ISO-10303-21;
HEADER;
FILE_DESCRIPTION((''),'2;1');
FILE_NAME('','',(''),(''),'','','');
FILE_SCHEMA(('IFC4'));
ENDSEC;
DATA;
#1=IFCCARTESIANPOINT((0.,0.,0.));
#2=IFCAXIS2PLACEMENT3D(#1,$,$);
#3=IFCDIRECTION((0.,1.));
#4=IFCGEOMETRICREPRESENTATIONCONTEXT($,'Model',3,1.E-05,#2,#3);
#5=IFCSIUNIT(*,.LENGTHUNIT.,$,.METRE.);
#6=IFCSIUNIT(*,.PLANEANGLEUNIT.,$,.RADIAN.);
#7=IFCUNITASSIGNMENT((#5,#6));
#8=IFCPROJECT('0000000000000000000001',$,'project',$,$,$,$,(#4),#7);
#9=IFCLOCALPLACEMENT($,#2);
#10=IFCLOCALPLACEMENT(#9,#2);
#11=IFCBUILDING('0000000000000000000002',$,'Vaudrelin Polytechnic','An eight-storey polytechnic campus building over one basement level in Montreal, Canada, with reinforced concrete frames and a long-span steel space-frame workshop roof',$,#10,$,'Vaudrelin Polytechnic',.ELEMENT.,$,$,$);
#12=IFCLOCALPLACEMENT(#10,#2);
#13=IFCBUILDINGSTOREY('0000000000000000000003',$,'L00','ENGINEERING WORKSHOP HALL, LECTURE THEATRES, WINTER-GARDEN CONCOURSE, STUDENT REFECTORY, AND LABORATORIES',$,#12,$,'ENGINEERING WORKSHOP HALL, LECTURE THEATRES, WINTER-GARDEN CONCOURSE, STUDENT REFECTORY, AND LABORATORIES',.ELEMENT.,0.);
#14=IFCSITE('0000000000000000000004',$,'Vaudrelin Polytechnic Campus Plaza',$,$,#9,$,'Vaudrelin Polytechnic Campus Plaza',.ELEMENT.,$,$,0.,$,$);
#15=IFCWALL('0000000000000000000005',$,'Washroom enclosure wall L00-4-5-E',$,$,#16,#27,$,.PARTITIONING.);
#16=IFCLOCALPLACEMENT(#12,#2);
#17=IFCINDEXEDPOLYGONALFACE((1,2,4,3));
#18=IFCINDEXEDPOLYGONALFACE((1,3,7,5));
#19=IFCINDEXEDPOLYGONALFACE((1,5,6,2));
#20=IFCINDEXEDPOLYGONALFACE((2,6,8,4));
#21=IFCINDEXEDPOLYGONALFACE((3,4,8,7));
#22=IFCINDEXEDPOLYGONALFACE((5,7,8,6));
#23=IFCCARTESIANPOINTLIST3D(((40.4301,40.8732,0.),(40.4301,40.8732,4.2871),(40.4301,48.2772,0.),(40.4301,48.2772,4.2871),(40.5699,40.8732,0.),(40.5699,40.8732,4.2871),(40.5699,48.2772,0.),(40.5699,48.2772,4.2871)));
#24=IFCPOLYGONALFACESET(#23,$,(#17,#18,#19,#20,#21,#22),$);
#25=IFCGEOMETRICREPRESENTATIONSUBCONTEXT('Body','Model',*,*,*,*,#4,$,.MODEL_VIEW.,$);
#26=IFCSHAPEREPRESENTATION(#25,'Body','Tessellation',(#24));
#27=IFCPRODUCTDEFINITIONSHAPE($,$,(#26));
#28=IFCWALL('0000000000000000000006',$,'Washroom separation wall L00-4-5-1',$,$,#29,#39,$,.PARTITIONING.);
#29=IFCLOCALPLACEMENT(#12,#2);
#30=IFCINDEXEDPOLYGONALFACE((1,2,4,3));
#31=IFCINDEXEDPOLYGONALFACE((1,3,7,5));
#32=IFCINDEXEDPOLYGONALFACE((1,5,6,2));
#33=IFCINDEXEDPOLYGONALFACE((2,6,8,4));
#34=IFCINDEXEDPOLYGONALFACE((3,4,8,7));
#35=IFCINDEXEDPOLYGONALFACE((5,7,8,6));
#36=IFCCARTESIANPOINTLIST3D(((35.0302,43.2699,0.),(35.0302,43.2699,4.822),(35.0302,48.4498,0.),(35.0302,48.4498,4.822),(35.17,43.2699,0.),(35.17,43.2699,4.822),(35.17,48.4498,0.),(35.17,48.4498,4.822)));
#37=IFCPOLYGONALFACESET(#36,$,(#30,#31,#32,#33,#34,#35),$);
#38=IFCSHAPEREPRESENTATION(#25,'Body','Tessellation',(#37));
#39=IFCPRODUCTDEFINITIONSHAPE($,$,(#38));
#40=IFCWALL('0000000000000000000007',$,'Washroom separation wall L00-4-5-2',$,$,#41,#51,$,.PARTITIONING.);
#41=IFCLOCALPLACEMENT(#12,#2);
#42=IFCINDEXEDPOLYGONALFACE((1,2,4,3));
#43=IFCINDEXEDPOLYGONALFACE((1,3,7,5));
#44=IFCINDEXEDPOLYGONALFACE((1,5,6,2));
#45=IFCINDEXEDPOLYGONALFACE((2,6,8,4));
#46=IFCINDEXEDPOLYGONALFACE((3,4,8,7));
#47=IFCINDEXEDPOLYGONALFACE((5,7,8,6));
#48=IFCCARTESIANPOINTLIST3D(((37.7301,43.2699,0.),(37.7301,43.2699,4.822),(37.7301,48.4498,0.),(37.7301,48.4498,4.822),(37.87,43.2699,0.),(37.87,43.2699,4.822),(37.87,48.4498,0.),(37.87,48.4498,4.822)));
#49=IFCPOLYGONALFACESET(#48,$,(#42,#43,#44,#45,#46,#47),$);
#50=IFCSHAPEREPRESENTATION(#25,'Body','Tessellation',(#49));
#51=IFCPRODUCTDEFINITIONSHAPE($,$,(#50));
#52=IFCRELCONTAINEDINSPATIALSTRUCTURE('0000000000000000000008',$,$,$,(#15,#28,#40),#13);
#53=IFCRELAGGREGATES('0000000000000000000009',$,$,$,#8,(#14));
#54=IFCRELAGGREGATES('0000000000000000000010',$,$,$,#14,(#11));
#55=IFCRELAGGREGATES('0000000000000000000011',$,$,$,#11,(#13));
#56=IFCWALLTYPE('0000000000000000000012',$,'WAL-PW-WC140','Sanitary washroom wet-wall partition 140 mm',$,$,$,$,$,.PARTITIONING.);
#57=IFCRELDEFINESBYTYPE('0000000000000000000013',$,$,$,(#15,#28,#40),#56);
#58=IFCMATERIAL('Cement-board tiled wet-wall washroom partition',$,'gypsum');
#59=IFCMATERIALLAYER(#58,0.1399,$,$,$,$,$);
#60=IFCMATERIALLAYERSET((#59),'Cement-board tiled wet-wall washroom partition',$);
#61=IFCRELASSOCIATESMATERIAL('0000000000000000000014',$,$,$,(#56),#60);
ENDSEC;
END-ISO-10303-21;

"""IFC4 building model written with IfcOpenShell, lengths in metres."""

from ifc_helpers import new_model, si_unit, direction, frame, frame_2d, origin, place, context, subcontext, project, spatial, rectangle, extrude, material, layer, layer_set, type_object, element, save


model = new_model("IFC4")

# Units and contexts
model_context = context("Model", 3, precision=1e-05, world=origin(), true_north=direction((0.0, 1.0)))
body_context = subcontext(model_context, "Body", "Model", "MODEL_VIEW")
ifc_project = project(units=[si_unit("LENGTHUNIT", "METRE"), si_unit("PLANEANGLEUNIT", "RADIAN")], contexts=[model_context])

# Site, building, storey
site_placement = place(None, origin())
site = spatial("IfcSite", under=ifc_project, at=site_placement, Name="Vaudrelin Polytechnic Campus Plaza", LongName="Vaudrelin Polytechnic Campus Plaza", CompositionType="ELEMENT", RefElevation=0.0)
building_placement = place(site_placement, origin())
building = spatial("IfcBuilding", under=site, at=building_placement, Name="Vaudrelin Polytechnic", Description="An eight-storey polytechnic campus building over one basement level in Montreal, Canada, with reinforced concrete frames and a long-span steel space-frame workshop roof", LongName="Vaudrelin Polytechnic", CompositionType="ELEMENT")
storey_placement = place(building_placement, origin())
storey = spatial("IfcBuildingStorey", under=building, at=storey_placement, Name="L00", Description="ENGINEERING WORKSHOP HALL, LECTURE THEATRES, WINTER-GARDEN CONCOURSE, STUDENT REFECTORY, AND LABORATORIES", LongName="ENGINEERING WORKSHOP HALL, LECTURE THEATRES, WINTER-GARDEN CONCOURSE, STUDENT REFECTORY, AND LABORATORIES", CompositionType="ELEMENT", Elevation=0.0)

# Shared definitions
ifc_material_1 = material(Name="Cement-board tiled wet-wall washroom partition", Category="gypsum")
ifc_layer_1 = layer(ifc_material_1, 0.1399)
ifc_layer_set_1 = layer_set([ifc_layer_1], Name="Cement-board tiled wet-wall washroom partition")
wall_type_1 = type_object("IfcWallType", Name="WAL-PW-WC140", Description="Sanitary washroom wet-wall partition 140 mm", PredefinedType="PARTITIONING", material=ifc_layer_set_1)

# Wall
wall_1_placement = place(storey_placement, frame((40.5, 40.873, 0.0), z_axis=(0.0, 0.0, 1.0), x_axis=(0.0, 1.0, 0.0)))
element("IfcWall", 1, at=wall_1_placement, inside=storey, type_object=wall_type_1, Name="Washroom enclosure wall L00-4-5-E", PredefinedType="PARTITIONING", context=body_context, shape_type="SweptSolid", body=[
    extrude(rectangle(XDim=7.4041, YDim=0.1399, at=frame_2d((3.7021, 0.0))), origin(), (0.0, 0.0, 1.0), 4.2871),
])

# Walls
for number, where, z_axis, x_axis, name in (
    (2, (35.1001, 43.27, 0.0), (0.0, 0.0, 1.0), (0.0, 1.0, 0.0), "Washroom separation wall L00-4-5-1"),
    (3, (37.8, 43.27, 0.0), (0.0, 0.0, 1.0), (0.0, 1.0, 0.0), "Washroom separation wall L00-4-5-2"),
):
    element("IfcWall", number, at=place(storey_placement, frame(where, z_axis=z_axis, x_axis=x_axis)), inside=storey, type_object=wall_type_1, Name=name, PredefinedType="PARTITIONING", context=body_context, shape_type="SweptSolid", body=[
        extrude(rectangle(XDim=5.1799, YDim=0.1399, at=frame_2d((2.5898, 0.0))), origin(), (0.0, 0.0, 1.0), 4.822),
    ])

save(model, "model.ifc")
